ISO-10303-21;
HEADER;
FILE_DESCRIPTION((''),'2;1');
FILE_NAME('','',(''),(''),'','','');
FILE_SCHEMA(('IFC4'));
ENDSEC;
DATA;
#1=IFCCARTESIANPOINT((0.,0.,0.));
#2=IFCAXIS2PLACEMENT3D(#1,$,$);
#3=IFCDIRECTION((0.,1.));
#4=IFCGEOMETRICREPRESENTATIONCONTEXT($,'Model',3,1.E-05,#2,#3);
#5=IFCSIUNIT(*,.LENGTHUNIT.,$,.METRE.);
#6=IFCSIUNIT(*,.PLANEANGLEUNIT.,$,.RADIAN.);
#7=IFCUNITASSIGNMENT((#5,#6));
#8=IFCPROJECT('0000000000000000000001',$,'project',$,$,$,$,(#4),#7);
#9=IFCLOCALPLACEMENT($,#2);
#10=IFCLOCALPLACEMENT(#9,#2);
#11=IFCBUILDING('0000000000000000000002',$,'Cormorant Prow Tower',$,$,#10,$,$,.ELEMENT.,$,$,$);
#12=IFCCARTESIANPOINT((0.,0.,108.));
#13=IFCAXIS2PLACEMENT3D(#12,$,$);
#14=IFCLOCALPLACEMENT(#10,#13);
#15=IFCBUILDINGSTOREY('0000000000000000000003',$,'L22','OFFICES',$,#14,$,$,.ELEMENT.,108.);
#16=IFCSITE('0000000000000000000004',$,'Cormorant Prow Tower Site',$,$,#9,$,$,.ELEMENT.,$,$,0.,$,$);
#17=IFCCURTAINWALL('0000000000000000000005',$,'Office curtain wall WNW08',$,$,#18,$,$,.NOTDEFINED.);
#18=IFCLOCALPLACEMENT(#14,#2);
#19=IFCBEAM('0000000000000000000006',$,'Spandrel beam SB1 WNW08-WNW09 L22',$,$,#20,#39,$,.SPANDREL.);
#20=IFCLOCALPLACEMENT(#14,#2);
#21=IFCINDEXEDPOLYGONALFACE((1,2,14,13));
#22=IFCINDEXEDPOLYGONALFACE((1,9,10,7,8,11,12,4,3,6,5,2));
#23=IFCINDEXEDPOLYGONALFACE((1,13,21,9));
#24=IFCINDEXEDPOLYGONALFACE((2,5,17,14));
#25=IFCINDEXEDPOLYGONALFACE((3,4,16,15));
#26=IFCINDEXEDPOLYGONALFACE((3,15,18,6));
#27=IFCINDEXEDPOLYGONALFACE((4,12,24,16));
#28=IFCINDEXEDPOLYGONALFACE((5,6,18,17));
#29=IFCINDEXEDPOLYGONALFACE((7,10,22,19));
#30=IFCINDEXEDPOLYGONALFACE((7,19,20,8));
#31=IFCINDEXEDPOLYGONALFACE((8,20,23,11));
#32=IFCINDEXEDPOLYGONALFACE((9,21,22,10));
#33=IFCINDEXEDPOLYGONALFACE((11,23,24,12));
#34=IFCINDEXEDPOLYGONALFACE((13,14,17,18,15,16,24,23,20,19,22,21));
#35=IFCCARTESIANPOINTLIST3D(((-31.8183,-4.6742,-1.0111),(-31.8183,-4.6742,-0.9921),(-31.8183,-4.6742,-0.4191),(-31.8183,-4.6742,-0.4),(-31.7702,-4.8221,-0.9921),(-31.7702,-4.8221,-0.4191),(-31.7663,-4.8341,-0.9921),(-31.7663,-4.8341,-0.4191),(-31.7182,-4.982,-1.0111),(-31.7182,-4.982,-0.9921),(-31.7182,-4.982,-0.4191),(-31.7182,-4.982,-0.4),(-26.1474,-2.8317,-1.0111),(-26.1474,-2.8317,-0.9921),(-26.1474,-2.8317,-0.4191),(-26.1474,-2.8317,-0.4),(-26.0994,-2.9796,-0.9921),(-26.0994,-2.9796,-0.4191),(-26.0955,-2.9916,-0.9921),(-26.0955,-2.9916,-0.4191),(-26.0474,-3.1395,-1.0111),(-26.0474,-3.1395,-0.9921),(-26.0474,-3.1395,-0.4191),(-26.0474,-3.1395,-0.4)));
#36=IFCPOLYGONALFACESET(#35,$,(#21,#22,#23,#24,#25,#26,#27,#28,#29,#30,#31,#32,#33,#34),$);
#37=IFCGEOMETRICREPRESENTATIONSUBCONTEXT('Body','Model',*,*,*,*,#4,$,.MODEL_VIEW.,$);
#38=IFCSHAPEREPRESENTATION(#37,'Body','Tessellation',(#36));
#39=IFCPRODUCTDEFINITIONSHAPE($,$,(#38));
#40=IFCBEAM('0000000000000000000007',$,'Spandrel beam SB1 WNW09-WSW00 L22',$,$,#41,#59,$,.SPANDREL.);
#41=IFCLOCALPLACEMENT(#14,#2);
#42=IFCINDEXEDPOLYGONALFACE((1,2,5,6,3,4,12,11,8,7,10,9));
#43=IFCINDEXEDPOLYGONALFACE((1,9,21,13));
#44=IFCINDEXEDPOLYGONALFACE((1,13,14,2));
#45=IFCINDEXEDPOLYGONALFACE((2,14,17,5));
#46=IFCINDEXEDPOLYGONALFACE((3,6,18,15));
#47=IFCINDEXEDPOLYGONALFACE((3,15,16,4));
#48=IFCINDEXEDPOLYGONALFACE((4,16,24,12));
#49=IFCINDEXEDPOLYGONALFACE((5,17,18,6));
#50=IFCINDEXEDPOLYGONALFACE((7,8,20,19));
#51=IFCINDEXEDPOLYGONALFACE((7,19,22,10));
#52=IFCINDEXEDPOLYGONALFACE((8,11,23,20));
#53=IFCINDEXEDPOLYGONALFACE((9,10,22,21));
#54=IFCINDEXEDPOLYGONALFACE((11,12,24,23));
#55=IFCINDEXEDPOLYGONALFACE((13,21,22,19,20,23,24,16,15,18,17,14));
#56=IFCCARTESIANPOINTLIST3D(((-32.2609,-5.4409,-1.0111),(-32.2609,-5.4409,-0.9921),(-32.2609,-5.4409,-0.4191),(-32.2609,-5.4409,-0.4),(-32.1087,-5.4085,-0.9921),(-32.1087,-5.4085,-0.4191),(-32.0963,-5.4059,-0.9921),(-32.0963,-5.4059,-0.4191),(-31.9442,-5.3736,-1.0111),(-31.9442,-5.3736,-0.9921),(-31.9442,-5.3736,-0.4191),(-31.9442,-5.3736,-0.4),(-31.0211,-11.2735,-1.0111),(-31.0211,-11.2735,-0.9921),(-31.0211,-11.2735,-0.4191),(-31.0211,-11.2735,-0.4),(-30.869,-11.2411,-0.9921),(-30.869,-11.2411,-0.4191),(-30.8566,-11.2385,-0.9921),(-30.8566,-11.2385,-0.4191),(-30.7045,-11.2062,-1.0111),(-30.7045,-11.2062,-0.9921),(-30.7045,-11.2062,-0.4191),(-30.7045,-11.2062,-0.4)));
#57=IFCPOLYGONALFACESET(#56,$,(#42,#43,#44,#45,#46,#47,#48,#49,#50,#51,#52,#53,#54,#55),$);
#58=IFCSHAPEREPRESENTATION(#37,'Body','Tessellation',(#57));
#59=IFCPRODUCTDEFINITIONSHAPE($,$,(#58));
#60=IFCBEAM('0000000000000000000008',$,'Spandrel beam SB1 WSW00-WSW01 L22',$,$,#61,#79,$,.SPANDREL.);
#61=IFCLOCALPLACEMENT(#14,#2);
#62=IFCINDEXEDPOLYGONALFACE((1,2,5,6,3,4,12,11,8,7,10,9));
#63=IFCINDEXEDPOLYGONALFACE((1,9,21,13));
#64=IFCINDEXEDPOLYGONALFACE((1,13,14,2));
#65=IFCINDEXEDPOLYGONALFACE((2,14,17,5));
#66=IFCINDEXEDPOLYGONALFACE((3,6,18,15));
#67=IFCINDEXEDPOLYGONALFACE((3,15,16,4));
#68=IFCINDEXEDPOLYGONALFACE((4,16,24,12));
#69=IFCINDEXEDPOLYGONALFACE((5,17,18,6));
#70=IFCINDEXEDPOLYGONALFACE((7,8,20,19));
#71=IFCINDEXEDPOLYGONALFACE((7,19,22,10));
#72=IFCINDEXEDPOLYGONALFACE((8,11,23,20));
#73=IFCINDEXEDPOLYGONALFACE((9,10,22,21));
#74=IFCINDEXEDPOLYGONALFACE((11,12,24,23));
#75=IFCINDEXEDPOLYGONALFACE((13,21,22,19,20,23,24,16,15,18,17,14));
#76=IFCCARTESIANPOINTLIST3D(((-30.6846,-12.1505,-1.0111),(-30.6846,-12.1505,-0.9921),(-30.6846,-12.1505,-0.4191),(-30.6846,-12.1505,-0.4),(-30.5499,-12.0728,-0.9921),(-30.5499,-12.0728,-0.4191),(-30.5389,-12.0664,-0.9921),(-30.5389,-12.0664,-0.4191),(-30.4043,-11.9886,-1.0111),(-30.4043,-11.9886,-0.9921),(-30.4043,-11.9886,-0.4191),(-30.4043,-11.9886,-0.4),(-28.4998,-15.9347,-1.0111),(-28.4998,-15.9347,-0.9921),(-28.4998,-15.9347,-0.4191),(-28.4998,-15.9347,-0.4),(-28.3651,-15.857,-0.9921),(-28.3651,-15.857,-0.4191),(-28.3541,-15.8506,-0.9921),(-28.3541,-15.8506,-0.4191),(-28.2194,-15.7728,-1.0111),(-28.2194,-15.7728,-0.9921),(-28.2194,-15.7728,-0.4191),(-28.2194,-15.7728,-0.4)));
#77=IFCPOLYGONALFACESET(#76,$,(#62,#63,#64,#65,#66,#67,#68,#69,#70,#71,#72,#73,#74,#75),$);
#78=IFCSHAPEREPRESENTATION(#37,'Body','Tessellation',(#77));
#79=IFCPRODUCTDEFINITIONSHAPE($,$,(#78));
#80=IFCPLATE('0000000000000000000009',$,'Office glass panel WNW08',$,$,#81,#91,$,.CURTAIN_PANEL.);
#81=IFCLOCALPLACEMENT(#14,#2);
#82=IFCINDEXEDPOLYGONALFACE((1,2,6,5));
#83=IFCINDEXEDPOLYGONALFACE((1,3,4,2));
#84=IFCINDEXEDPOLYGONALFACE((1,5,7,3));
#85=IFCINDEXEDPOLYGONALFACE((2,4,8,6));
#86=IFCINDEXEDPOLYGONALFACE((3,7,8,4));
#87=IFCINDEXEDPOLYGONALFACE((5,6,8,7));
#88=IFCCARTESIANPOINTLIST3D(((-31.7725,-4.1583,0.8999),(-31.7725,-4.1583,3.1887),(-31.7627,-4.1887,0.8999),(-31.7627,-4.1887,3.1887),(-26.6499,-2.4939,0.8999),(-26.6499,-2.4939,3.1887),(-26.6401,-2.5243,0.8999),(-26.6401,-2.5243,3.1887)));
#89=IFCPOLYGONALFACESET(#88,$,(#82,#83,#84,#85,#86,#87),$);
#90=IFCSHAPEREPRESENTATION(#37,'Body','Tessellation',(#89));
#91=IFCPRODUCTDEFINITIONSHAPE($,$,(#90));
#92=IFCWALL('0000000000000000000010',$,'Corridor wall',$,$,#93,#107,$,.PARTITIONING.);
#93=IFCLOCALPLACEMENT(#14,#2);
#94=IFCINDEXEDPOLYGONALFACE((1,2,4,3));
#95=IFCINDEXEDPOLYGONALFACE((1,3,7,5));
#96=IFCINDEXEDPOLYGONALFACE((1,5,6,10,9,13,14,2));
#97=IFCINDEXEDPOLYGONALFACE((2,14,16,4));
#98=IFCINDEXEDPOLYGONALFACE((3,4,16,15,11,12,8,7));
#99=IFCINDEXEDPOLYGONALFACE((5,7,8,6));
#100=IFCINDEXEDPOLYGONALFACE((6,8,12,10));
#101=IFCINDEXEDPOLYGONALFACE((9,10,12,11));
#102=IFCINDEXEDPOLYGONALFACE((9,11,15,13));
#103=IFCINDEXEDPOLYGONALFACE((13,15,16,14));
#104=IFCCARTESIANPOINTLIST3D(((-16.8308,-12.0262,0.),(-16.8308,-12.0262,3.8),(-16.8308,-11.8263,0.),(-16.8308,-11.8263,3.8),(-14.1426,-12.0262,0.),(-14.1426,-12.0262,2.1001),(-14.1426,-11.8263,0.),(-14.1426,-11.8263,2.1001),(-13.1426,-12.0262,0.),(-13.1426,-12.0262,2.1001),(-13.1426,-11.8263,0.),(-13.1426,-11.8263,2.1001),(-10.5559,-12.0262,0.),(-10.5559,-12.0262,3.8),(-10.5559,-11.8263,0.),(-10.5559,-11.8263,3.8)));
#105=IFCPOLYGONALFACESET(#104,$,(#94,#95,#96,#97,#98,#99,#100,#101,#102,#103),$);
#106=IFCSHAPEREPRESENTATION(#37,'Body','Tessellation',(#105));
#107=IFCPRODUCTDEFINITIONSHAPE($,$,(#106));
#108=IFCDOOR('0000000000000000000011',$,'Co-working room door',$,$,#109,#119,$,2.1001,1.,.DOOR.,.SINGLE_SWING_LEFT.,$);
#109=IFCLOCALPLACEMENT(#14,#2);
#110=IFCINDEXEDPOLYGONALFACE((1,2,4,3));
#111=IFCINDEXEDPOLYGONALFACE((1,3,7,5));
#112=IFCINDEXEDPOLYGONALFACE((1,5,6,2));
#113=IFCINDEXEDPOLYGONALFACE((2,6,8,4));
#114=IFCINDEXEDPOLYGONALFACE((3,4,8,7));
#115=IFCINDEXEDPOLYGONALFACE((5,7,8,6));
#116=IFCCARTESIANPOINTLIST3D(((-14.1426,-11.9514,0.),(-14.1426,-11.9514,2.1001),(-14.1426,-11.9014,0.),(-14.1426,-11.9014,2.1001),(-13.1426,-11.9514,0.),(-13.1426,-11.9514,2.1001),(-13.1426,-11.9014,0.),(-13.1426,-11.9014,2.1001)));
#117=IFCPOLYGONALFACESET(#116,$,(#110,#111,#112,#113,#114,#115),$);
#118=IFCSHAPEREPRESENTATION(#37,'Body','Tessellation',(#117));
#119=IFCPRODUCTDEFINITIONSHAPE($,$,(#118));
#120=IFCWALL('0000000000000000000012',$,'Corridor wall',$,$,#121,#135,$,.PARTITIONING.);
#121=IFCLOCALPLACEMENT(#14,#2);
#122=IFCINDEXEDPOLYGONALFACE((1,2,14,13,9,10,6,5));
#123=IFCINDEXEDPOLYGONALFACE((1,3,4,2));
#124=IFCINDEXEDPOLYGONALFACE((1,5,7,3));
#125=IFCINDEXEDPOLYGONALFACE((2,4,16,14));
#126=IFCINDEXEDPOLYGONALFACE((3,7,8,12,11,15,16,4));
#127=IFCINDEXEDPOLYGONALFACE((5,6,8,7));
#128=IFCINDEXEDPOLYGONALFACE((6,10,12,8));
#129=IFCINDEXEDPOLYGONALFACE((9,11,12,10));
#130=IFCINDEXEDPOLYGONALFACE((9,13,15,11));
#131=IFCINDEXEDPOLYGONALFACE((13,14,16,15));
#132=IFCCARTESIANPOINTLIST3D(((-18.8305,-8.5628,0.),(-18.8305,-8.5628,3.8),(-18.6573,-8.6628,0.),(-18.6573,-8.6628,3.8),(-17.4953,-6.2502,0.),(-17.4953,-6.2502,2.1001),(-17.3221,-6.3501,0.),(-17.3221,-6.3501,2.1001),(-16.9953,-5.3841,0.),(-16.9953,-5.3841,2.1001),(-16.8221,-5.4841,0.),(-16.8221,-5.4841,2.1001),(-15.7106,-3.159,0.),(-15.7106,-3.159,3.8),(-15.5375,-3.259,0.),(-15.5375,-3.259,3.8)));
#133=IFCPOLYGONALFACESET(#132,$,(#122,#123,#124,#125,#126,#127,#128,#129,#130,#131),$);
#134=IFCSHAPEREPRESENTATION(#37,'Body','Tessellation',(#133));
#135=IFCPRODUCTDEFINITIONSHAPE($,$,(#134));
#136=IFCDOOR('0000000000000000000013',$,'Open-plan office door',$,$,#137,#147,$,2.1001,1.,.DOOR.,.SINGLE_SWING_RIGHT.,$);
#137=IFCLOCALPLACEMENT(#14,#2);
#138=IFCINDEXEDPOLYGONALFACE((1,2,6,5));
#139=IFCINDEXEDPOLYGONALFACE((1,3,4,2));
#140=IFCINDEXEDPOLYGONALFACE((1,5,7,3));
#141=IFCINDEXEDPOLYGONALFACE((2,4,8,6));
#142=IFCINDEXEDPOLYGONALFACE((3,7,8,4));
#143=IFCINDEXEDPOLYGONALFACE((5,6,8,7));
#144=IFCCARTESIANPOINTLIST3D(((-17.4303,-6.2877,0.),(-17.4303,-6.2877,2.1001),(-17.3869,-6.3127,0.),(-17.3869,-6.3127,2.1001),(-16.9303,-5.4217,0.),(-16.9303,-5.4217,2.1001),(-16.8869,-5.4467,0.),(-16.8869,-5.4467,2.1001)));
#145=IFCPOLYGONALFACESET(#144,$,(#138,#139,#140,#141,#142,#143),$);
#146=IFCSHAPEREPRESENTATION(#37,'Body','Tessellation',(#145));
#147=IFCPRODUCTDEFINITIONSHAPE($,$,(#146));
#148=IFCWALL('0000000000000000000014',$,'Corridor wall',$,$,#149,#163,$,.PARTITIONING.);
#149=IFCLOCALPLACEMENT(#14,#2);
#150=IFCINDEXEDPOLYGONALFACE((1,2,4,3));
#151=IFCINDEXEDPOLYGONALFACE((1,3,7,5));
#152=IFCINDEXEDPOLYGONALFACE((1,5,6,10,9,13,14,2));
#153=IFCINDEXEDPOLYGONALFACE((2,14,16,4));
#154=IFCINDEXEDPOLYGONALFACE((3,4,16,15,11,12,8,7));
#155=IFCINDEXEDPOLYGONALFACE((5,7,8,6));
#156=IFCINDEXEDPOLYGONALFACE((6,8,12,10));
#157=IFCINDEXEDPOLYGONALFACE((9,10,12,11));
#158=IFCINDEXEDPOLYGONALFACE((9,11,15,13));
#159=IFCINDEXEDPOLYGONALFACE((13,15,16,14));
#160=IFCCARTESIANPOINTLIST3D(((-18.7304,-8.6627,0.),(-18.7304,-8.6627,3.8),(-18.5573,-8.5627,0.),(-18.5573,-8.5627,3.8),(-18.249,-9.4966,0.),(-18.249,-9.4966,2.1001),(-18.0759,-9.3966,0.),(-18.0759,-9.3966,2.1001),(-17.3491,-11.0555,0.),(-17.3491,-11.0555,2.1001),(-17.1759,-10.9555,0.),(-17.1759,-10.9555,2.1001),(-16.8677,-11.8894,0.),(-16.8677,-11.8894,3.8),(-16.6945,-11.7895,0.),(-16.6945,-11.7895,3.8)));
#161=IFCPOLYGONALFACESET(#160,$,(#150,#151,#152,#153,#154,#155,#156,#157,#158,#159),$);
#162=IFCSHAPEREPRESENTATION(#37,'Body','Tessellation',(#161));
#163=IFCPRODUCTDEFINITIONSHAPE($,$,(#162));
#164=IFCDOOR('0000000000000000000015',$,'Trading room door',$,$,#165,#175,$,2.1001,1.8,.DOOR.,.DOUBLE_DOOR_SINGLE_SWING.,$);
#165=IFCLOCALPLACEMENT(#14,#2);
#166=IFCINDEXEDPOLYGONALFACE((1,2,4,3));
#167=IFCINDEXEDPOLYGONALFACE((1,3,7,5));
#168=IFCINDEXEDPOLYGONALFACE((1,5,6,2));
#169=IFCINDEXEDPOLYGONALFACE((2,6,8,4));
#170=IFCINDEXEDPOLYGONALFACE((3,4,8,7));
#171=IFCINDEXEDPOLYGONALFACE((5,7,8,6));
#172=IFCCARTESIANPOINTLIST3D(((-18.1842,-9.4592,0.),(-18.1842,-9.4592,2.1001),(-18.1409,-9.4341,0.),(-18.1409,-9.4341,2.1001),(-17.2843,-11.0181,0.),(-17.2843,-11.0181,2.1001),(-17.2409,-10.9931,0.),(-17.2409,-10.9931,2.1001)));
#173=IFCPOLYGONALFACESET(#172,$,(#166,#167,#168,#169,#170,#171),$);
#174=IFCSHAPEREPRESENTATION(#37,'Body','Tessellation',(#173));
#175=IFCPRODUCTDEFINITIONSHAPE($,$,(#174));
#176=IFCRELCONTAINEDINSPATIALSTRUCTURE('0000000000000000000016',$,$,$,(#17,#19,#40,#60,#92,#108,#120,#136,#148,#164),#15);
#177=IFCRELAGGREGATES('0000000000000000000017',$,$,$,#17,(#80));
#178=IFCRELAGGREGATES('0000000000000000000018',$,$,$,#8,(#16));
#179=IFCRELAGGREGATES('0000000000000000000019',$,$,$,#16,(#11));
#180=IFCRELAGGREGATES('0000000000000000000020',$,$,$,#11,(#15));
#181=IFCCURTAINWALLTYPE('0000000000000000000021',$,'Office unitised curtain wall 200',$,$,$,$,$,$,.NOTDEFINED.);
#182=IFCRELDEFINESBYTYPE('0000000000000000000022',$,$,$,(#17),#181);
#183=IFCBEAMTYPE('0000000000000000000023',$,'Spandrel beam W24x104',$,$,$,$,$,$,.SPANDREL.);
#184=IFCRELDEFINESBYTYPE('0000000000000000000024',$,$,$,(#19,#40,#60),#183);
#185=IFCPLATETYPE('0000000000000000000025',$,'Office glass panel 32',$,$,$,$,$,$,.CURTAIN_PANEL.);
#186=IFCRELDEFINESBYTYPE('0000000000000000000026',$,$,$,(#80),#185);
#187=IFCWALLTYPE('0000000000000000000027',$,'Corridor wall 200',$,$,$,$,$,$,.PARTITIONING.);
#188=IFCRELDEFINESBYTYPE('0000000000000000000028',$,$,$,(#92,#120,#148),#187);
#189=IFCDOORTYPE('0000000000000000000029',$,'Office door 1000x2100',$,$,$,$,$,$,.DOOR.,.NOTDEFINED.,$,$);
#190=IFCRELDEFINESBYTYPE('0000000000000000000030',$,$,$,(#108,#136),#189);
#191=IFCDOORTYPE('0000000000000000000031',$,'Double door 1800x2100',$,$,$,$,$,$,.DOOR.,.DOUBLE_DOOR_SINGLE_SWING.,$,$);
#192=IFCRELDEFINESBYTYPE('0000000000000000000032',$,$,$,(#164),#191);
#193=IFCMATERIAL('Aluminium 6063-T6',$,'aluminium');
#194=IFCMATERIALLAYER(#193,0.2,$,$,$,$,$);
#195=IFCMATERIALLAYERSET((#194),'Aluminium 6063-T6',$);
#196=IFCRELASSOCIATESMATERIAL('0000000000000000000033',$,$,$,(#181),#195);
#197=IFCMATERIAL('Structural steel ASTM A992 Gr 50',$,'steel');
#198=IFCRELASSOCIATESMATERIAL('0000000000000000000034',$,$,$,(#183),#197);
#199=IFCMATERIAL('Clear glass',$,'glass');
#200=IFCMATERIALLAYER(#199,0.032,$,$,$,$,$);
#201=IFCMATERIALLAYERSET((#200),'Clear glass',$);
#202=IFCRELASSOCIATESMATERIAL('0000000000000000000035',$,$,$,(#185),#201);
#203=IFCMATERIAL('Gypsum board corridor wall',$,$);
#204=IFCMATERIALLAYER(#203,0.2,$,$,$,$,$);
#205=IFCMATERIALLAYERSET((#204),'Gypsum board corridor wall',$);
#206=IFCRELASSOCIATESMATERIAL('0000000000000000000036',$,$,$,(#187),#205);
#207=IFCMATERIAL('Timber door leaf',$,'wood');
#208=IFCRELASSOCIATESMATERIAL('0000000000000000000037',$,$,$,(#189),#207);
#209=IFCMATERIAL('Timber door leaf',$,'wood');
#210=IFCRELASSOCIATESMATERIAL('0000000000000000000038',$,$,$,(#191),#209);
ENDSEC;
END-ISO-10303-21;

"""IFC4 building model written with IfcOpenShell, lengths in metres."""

from ifc_helpers import new_model, si_unit, direction, frame, frame_2d, origin, origin_2d, place, context, subcontext, project, spatial, rectangle, i_section, extrude, material, layer, layer_set, material_profile, profile_set, type_object, element, fill, aggregate, save


model = new_model("IFC4")

# Units and contexts
model_context = context("Model", 3, precision=1e-05, world=origin(), true_north=direction((0.0, 1.0)))
body_context = subcontext(model_context, "Body", "Model", "MODEL_VIEW")
ifc_project = project(units=[si_unit("LENGTHUNIT", "METRE"), si_unit("PLANEANGLEUNIT", "RADIAN")], contexts=[model_context])

# Site, building, storey
site_placement = place(None, origin())
site = spatial("IfcSite", under=ifc_project, at=site_placement, Name="Cormorant Prow Tower Site", CompositionType="ELEMENT", RefElevation=0.0)
building_placement = place(site_placement, origin())
building = spatial("IfcBuilding", under=site, at=building_placement, Name="Cormorant Prow Tower", CompositionType="ELEMENT")
storey_placement = place(building_placement, frame((0.0, 0.0, 108.0)))
storey = spatial("IfcBuildingStorey", under=building, at=storey_placement, Name="L22", Description="OFFICES", CompositionType="ELEMENT", Elevation=108.0)

# Curtain wall
ifc_material_1 = material(Name="Aluminium 6063-T6", Category="aluminium")
ifc_layer_1 = layer(ifc_material_1, 0.2)
ifc_layer_set_1 = layer_set([ifc_layer_1], Name="Aluminium 6063-T6")
curtain_wall_type = type_object("IfcCurtainWallType", Name="Office unitised curtain wall 200", PredefinedType="NOTDEFINED", material=ifc_layer_set_1)
curtain_wall_placement = place(storey_placement, origin())
curtain_wall = element("IfcCurtainWall", 1, at=curtain_wall_placement, inside=storey, type_object=curtain_wall_type, Name="Office curtain wall WNW08", PredefinedType="NOTDEFINED")

# Beams
ifc_material_2 = material(Name="Structural steel ASTM A992 Gr 50", Category="steel")
ifc_material_profile_1 = material_profile(ifc_material_2, i_section(OverallWidth=0.3237, OverallDepth=0.6111, WebThickness=0.0127, FlangeThickness=0.019, at=origin_2d()), Name="W24x104")
ifc_profile_set_1 = profile_set([ifc_material_profile_1], Name="Structural steel ASTM A992 Gr 50")
beam_type_1 = type_object("IfcBeamType", Name="Spandrel beam W24x104", PredefinedType="SPANDREL", material=ifc_profile_set_1)
beam_1_placement = place(storey_placement, frame((-26.0974, -2.9856, -0.7056), z_axis=(-0.951059, -0.309008, 0.0), x_axis=(0.309008, -0.951059, 0.0)))
element("IfcBeam", 2, at=beam_1_placement, inside=storey, type_object=beam_type_1, Name="Spandrel beam SB1 WNW08-WNW09 L22", PredefinedType="SPANDREL", context=body_context, shape_type="SweptSolid", body=[
    extrude(i_section(OverallWidth=0.3237, OverallDepth=0.6111, WebThickness=0.0127, FlangeThickness=0.019, at=origin_2d()), origin(), (0.0, 0.0, 1.0), 5.9626),
])
beam_2_placement = place(storey_placement, frame((-32.1025, -5.4072, -0.7056), z_axis=(0.207913, -0.978147, 0.0), x_axis=(0.978147, 0.207913, 0.0)))
element("IfcBeam", 3, at=beam_2_placement, inside=storey, type_object=beam_type_1, Name="Spandrel beam SB1 WNW09-WSW00 L22", PredefinedType="SPANDREL", context=body_context, shape_type="SweptSolid", body=[
    extrude(i_section(OverallWidth=0.3237, OverallDepth=0.6111, WebThickness=0.0127, FlangeThickness=0.019, at=origin_2d()), origin(), (0.0, 0.0, 1.0), 5.9629),
])
beam_3_placement = place(storey_placement, frame((-30.5444, -12.0696, -0.7056), z_axis=(0.500003, -0.866024, 0.0), x_axis=(0.866024, 0.500003, 0.0)))
element("IfcBeam", 4, at=beam_3_placement, inside=storey, type_object=beam_type_1, Name="Spandrel beam SB1 WSW00-WSW01 L22", PredefinedType="SPANDREL", context=body_context, shape_type="SweptSolid", body=[
    extrude(i_section(OverallWidth=0.3237, OverallDepth=0.6111, WebThickness=0.0127, FlangeThickness=0.019, at=origin_2d()), origin(), (0.0, 0.0, 1.0), 4.3696),
])

# Plate
ifc_material_3 = material(Name="Clear glass", Category="glass")
ifc_layer_2 = layer(ifc_material_3, 0.032)
ifc_layer_set_2 = layer_set([ifc_layer_2], Name="Clear glass")
plate_type = type_object("IfcPlateType", Name="Office glass panel 32", PredefinedType="CURTAIN_PANEL", material=ifc_layer_set_2)
plate_placement = place(storey_placement, frame((-29.2063, -3.3413, 0.8999), z_axis=(0.0, 0.0, 1.0), x_axis=(-0.951057, -0.309017, 0.0)))
plate = element("IfcPlate", 5, at=plate_placement, type_object=plate_type, Name="Office glass panel WNW08", PredefinedType="CURTAIN_PANEL", context=body_context, shape_type="SweptSolid", body=[
    extrude(rectangle(XDim=5.3862, YDim=0.032, at=origin_2d()), origin(), (0.0, 0.0, 1.0), 2.2888),
])
aggregate(curtain_wall, [plate])

# Walls, openings, doors
ifc_material_4 = material(Name="Gypsum board corridor wall")
ifc_layer_3 = layer(ifc_material_4, 0.2)
ifc_layer_set_3 = layer_set([ifc_layer_3], Name="Gypsum board corridor wall")
wall_type_1 = type_object("IfcWallType", Name="Corridor wall 200", PredefinedType="PARTITIONING", material=ifc_layer_set_3)
wall_1_placement = place(storey_placement, frame((-16.8308, -11.9263, 0.0), z_axis=(0.0, 0.0, 1.0), x_axis=(1.0, 0.0, 0.0)))
wall_1 = element("IfcWall", 6, at=wall_1_placement, inside=storey, type_object=wall_type_1, Name="Corridor wall", PredefinedType="PARTITIONING", context=body_context, shape_type="SweptSolid", body=[
    extrude(rectangle(XDim=6.2749, YDim=0.2, at=frame_2d((3.1375, 0.0))), origin(), (0.0, 0.0, 1.0), 3.8),
])
opening_1_placement = place(wall_1_placement, frame((2.6882, 0.0, 0.0)))
opening_1 = element("IfcOpeningElement", 7, at=opening_1_placement, cuts=wall_1, PredefinedType="OPENING", context=body_context, shape_type="SweptSolid", body=[
    extrude(rectangle(XDim=1.0, YDim=2.1001, at=frame_2d((0.5, 1.05))), frame((0.0, 0.1099, 0.0), z_axis=(0.0, -1.0, 0.0), x_axis=(1.0, 0.0, 0.0)), (0.0, 0.0, 1.0), 0.22),
])
ifc_material_5 = material(Name="Timber door leaf", Category="wood")
door_type_1 = type_object("IfcDoorType", Name="Office door 1000x2100", OperationType="NOTDEFINED", PredefinedType="DOOR", material=ifc_material_5)
door_1_placement = place(opening_1_placement, origin())
door_1 = element("IfcDoor", 8, at=door_1_placement, inside=storey, type_object=door_type_1, Name="Co-working room door", OperationType="SINGLE_SWING_LEFT", OverallHeight=2.1001, OverallWidth=1.0, PredefinedType="DOOR", context=body_context, shape_type="SweptSolid", body=[
    extrude(rectangle(XDim=1.0, YDim=2.1001, at=frame_2d((0.5, 1.05))), frame((0.0, 0.0249, 0.0), z_axis=(0.0, -1.0, 0.0), x_axis=(1.0, 0.0, 0.0)), (0.0, 0.0, 1.0), 0.05),
])
fill(opening_1, door_1)
wall_2_placement = place(storey_placement, frame((-18.7439, -8.6128, 0.0), z_axis=(0.0, 0.0, 1.0), x_axis=(0.499998, 0.866027, 0.0)))
wall_2 = element("IfcWall", 9, at=wall_2_placement, inside=storey, type_object=wall_type_1, Name="Corridor wall", PredefinedType="PARTITIONING", context=body_context, shape_type="SweptSolid", body=[
    extrude(rectangle(XDim=6.2397, YDim=0.2, at=frame_2d((3.1199, 0.0))), origin(), (0.0, 0.0, 1.0), 3.8),
])
opening_2_placement = place(wall_2_placement, frame((2.6704, 0.0, 0.0)))
opening_2 = element("IfcOpeningElement", 10, at=opening_2_placement, cuts=wall_2, PredefinedType="OPENING", context=body_context, shape_type="SweptSolid", body=[
    extrude(rectangle(XDim=1.0, YDim=2.1001, at=frame_2d((0.5, 1.05))), frame((0.0, 0.1099, 0.0), z_axis=(0.0, -1.0, 0.0), x_axis=(1.0, 0.0, 0.0)), (0.0, 0.0, 1.0), 0.22),
])
door_2_placement = place(opening_2_placement, origin())
door_2 = element("IfcDoor", 11, at=door_2_placement, inside=storey, type_object=door_type_1, Name="Open-plan office door", OperationType="SINGLE_SWING_RIGHT", OverallHeight=2.1001, OverallWidth=1.0, PredefinedType="DOOR", context=body_context, shape_type="SweptSolid", body=[
    extrude(rectangle(XDim=1.0, YDim=2.1001, at=frame_2d((0.5, 1.05))), frame((0.0, 0.0249, 0.0), z_axis=(0.0, -1.0, 0.0), x_axis=(1.0, 0.0, 0.0)), (0.0, 0.0, 1.0), 0.05),
])
fill(opening_2, door_2)
wall_3_placement = place(storey_placement, frame((-18.6438, -8.6128, 0.0), z_axis=(0.0, 0.0, 1.0), x_axis=(0.499959, -0.866049, 0.0)))
wall_3 = element("IfcWall", 12, at=wall_3_placement, inside=storey, type_object=wall_type_1, Name="Corridor wall", PredefinedType="PARTITIONING", context=body_context, shape_type="SweptSolid", body=[
    extrude(rectangle(XDim=3.7258, YDim=0.2, at=frame_2d((1.8628, 0.0))), origin(), (0.0, 0.0, 1.0), 3.8),
])
opening_3_placement = place(wall_3_placement, frame((0.9629, 0.0, 0.0)))
opening_3 = element("IfcOpeningElement", 13, at=opening_3_placement, cuts=wall_3, PredefinedType="OPENING", context=body_context, shape_type="SweptSolid", body=[
    extrude(rectangle(XDim=1.8, YDim=2.1001, at=frame_2d((0.8999, 1.05))), frame((0.0, 0.1099, 0.0), z_axis=(0.0, -1.0, 0.0), x_axis=(1.0, 0.0, 0.0)), (0.0, 0.0, 1.0), 0.22),
])
ifc_material_6 = material(Name="Timber door leaf", Category="wood")
door_type_2 = type_object("IfcDoorType", Name="Double door 1800x2100", OperationType="DOUBLE_DOOR_SINGLE_SWING", PredefinedType="DOOR", material=ifc_material_6)
door_3_placement = place(opening_3_placement, origin())
door_3 = element("IfcDoor", 14, at=door_3_placement, inside=storey, type_object=door_type_2, Name="Trading room door", OperationType="DOUBLE_DOOR_SINGLE_SWING", OverallHeight=2.1001, OverallWidth=1.8, PredefinedType="DOOR", context=body_context, shape_type="SweptSolid", body=[
    extrude(rectangle(XDim=1.8, YDim=2.1001, at=frame_2d((0.8999, 1.05))), frame((0.0, 0.0249, 0.0), z_axis=(0.0, -1.0, 0.0), x_axis=(1.0, 0.0, 0.0)), (0.0, 0.0, 1.0), 0.05),
])
fill(opening_3, door_3)

save(model, "model.ifc")
